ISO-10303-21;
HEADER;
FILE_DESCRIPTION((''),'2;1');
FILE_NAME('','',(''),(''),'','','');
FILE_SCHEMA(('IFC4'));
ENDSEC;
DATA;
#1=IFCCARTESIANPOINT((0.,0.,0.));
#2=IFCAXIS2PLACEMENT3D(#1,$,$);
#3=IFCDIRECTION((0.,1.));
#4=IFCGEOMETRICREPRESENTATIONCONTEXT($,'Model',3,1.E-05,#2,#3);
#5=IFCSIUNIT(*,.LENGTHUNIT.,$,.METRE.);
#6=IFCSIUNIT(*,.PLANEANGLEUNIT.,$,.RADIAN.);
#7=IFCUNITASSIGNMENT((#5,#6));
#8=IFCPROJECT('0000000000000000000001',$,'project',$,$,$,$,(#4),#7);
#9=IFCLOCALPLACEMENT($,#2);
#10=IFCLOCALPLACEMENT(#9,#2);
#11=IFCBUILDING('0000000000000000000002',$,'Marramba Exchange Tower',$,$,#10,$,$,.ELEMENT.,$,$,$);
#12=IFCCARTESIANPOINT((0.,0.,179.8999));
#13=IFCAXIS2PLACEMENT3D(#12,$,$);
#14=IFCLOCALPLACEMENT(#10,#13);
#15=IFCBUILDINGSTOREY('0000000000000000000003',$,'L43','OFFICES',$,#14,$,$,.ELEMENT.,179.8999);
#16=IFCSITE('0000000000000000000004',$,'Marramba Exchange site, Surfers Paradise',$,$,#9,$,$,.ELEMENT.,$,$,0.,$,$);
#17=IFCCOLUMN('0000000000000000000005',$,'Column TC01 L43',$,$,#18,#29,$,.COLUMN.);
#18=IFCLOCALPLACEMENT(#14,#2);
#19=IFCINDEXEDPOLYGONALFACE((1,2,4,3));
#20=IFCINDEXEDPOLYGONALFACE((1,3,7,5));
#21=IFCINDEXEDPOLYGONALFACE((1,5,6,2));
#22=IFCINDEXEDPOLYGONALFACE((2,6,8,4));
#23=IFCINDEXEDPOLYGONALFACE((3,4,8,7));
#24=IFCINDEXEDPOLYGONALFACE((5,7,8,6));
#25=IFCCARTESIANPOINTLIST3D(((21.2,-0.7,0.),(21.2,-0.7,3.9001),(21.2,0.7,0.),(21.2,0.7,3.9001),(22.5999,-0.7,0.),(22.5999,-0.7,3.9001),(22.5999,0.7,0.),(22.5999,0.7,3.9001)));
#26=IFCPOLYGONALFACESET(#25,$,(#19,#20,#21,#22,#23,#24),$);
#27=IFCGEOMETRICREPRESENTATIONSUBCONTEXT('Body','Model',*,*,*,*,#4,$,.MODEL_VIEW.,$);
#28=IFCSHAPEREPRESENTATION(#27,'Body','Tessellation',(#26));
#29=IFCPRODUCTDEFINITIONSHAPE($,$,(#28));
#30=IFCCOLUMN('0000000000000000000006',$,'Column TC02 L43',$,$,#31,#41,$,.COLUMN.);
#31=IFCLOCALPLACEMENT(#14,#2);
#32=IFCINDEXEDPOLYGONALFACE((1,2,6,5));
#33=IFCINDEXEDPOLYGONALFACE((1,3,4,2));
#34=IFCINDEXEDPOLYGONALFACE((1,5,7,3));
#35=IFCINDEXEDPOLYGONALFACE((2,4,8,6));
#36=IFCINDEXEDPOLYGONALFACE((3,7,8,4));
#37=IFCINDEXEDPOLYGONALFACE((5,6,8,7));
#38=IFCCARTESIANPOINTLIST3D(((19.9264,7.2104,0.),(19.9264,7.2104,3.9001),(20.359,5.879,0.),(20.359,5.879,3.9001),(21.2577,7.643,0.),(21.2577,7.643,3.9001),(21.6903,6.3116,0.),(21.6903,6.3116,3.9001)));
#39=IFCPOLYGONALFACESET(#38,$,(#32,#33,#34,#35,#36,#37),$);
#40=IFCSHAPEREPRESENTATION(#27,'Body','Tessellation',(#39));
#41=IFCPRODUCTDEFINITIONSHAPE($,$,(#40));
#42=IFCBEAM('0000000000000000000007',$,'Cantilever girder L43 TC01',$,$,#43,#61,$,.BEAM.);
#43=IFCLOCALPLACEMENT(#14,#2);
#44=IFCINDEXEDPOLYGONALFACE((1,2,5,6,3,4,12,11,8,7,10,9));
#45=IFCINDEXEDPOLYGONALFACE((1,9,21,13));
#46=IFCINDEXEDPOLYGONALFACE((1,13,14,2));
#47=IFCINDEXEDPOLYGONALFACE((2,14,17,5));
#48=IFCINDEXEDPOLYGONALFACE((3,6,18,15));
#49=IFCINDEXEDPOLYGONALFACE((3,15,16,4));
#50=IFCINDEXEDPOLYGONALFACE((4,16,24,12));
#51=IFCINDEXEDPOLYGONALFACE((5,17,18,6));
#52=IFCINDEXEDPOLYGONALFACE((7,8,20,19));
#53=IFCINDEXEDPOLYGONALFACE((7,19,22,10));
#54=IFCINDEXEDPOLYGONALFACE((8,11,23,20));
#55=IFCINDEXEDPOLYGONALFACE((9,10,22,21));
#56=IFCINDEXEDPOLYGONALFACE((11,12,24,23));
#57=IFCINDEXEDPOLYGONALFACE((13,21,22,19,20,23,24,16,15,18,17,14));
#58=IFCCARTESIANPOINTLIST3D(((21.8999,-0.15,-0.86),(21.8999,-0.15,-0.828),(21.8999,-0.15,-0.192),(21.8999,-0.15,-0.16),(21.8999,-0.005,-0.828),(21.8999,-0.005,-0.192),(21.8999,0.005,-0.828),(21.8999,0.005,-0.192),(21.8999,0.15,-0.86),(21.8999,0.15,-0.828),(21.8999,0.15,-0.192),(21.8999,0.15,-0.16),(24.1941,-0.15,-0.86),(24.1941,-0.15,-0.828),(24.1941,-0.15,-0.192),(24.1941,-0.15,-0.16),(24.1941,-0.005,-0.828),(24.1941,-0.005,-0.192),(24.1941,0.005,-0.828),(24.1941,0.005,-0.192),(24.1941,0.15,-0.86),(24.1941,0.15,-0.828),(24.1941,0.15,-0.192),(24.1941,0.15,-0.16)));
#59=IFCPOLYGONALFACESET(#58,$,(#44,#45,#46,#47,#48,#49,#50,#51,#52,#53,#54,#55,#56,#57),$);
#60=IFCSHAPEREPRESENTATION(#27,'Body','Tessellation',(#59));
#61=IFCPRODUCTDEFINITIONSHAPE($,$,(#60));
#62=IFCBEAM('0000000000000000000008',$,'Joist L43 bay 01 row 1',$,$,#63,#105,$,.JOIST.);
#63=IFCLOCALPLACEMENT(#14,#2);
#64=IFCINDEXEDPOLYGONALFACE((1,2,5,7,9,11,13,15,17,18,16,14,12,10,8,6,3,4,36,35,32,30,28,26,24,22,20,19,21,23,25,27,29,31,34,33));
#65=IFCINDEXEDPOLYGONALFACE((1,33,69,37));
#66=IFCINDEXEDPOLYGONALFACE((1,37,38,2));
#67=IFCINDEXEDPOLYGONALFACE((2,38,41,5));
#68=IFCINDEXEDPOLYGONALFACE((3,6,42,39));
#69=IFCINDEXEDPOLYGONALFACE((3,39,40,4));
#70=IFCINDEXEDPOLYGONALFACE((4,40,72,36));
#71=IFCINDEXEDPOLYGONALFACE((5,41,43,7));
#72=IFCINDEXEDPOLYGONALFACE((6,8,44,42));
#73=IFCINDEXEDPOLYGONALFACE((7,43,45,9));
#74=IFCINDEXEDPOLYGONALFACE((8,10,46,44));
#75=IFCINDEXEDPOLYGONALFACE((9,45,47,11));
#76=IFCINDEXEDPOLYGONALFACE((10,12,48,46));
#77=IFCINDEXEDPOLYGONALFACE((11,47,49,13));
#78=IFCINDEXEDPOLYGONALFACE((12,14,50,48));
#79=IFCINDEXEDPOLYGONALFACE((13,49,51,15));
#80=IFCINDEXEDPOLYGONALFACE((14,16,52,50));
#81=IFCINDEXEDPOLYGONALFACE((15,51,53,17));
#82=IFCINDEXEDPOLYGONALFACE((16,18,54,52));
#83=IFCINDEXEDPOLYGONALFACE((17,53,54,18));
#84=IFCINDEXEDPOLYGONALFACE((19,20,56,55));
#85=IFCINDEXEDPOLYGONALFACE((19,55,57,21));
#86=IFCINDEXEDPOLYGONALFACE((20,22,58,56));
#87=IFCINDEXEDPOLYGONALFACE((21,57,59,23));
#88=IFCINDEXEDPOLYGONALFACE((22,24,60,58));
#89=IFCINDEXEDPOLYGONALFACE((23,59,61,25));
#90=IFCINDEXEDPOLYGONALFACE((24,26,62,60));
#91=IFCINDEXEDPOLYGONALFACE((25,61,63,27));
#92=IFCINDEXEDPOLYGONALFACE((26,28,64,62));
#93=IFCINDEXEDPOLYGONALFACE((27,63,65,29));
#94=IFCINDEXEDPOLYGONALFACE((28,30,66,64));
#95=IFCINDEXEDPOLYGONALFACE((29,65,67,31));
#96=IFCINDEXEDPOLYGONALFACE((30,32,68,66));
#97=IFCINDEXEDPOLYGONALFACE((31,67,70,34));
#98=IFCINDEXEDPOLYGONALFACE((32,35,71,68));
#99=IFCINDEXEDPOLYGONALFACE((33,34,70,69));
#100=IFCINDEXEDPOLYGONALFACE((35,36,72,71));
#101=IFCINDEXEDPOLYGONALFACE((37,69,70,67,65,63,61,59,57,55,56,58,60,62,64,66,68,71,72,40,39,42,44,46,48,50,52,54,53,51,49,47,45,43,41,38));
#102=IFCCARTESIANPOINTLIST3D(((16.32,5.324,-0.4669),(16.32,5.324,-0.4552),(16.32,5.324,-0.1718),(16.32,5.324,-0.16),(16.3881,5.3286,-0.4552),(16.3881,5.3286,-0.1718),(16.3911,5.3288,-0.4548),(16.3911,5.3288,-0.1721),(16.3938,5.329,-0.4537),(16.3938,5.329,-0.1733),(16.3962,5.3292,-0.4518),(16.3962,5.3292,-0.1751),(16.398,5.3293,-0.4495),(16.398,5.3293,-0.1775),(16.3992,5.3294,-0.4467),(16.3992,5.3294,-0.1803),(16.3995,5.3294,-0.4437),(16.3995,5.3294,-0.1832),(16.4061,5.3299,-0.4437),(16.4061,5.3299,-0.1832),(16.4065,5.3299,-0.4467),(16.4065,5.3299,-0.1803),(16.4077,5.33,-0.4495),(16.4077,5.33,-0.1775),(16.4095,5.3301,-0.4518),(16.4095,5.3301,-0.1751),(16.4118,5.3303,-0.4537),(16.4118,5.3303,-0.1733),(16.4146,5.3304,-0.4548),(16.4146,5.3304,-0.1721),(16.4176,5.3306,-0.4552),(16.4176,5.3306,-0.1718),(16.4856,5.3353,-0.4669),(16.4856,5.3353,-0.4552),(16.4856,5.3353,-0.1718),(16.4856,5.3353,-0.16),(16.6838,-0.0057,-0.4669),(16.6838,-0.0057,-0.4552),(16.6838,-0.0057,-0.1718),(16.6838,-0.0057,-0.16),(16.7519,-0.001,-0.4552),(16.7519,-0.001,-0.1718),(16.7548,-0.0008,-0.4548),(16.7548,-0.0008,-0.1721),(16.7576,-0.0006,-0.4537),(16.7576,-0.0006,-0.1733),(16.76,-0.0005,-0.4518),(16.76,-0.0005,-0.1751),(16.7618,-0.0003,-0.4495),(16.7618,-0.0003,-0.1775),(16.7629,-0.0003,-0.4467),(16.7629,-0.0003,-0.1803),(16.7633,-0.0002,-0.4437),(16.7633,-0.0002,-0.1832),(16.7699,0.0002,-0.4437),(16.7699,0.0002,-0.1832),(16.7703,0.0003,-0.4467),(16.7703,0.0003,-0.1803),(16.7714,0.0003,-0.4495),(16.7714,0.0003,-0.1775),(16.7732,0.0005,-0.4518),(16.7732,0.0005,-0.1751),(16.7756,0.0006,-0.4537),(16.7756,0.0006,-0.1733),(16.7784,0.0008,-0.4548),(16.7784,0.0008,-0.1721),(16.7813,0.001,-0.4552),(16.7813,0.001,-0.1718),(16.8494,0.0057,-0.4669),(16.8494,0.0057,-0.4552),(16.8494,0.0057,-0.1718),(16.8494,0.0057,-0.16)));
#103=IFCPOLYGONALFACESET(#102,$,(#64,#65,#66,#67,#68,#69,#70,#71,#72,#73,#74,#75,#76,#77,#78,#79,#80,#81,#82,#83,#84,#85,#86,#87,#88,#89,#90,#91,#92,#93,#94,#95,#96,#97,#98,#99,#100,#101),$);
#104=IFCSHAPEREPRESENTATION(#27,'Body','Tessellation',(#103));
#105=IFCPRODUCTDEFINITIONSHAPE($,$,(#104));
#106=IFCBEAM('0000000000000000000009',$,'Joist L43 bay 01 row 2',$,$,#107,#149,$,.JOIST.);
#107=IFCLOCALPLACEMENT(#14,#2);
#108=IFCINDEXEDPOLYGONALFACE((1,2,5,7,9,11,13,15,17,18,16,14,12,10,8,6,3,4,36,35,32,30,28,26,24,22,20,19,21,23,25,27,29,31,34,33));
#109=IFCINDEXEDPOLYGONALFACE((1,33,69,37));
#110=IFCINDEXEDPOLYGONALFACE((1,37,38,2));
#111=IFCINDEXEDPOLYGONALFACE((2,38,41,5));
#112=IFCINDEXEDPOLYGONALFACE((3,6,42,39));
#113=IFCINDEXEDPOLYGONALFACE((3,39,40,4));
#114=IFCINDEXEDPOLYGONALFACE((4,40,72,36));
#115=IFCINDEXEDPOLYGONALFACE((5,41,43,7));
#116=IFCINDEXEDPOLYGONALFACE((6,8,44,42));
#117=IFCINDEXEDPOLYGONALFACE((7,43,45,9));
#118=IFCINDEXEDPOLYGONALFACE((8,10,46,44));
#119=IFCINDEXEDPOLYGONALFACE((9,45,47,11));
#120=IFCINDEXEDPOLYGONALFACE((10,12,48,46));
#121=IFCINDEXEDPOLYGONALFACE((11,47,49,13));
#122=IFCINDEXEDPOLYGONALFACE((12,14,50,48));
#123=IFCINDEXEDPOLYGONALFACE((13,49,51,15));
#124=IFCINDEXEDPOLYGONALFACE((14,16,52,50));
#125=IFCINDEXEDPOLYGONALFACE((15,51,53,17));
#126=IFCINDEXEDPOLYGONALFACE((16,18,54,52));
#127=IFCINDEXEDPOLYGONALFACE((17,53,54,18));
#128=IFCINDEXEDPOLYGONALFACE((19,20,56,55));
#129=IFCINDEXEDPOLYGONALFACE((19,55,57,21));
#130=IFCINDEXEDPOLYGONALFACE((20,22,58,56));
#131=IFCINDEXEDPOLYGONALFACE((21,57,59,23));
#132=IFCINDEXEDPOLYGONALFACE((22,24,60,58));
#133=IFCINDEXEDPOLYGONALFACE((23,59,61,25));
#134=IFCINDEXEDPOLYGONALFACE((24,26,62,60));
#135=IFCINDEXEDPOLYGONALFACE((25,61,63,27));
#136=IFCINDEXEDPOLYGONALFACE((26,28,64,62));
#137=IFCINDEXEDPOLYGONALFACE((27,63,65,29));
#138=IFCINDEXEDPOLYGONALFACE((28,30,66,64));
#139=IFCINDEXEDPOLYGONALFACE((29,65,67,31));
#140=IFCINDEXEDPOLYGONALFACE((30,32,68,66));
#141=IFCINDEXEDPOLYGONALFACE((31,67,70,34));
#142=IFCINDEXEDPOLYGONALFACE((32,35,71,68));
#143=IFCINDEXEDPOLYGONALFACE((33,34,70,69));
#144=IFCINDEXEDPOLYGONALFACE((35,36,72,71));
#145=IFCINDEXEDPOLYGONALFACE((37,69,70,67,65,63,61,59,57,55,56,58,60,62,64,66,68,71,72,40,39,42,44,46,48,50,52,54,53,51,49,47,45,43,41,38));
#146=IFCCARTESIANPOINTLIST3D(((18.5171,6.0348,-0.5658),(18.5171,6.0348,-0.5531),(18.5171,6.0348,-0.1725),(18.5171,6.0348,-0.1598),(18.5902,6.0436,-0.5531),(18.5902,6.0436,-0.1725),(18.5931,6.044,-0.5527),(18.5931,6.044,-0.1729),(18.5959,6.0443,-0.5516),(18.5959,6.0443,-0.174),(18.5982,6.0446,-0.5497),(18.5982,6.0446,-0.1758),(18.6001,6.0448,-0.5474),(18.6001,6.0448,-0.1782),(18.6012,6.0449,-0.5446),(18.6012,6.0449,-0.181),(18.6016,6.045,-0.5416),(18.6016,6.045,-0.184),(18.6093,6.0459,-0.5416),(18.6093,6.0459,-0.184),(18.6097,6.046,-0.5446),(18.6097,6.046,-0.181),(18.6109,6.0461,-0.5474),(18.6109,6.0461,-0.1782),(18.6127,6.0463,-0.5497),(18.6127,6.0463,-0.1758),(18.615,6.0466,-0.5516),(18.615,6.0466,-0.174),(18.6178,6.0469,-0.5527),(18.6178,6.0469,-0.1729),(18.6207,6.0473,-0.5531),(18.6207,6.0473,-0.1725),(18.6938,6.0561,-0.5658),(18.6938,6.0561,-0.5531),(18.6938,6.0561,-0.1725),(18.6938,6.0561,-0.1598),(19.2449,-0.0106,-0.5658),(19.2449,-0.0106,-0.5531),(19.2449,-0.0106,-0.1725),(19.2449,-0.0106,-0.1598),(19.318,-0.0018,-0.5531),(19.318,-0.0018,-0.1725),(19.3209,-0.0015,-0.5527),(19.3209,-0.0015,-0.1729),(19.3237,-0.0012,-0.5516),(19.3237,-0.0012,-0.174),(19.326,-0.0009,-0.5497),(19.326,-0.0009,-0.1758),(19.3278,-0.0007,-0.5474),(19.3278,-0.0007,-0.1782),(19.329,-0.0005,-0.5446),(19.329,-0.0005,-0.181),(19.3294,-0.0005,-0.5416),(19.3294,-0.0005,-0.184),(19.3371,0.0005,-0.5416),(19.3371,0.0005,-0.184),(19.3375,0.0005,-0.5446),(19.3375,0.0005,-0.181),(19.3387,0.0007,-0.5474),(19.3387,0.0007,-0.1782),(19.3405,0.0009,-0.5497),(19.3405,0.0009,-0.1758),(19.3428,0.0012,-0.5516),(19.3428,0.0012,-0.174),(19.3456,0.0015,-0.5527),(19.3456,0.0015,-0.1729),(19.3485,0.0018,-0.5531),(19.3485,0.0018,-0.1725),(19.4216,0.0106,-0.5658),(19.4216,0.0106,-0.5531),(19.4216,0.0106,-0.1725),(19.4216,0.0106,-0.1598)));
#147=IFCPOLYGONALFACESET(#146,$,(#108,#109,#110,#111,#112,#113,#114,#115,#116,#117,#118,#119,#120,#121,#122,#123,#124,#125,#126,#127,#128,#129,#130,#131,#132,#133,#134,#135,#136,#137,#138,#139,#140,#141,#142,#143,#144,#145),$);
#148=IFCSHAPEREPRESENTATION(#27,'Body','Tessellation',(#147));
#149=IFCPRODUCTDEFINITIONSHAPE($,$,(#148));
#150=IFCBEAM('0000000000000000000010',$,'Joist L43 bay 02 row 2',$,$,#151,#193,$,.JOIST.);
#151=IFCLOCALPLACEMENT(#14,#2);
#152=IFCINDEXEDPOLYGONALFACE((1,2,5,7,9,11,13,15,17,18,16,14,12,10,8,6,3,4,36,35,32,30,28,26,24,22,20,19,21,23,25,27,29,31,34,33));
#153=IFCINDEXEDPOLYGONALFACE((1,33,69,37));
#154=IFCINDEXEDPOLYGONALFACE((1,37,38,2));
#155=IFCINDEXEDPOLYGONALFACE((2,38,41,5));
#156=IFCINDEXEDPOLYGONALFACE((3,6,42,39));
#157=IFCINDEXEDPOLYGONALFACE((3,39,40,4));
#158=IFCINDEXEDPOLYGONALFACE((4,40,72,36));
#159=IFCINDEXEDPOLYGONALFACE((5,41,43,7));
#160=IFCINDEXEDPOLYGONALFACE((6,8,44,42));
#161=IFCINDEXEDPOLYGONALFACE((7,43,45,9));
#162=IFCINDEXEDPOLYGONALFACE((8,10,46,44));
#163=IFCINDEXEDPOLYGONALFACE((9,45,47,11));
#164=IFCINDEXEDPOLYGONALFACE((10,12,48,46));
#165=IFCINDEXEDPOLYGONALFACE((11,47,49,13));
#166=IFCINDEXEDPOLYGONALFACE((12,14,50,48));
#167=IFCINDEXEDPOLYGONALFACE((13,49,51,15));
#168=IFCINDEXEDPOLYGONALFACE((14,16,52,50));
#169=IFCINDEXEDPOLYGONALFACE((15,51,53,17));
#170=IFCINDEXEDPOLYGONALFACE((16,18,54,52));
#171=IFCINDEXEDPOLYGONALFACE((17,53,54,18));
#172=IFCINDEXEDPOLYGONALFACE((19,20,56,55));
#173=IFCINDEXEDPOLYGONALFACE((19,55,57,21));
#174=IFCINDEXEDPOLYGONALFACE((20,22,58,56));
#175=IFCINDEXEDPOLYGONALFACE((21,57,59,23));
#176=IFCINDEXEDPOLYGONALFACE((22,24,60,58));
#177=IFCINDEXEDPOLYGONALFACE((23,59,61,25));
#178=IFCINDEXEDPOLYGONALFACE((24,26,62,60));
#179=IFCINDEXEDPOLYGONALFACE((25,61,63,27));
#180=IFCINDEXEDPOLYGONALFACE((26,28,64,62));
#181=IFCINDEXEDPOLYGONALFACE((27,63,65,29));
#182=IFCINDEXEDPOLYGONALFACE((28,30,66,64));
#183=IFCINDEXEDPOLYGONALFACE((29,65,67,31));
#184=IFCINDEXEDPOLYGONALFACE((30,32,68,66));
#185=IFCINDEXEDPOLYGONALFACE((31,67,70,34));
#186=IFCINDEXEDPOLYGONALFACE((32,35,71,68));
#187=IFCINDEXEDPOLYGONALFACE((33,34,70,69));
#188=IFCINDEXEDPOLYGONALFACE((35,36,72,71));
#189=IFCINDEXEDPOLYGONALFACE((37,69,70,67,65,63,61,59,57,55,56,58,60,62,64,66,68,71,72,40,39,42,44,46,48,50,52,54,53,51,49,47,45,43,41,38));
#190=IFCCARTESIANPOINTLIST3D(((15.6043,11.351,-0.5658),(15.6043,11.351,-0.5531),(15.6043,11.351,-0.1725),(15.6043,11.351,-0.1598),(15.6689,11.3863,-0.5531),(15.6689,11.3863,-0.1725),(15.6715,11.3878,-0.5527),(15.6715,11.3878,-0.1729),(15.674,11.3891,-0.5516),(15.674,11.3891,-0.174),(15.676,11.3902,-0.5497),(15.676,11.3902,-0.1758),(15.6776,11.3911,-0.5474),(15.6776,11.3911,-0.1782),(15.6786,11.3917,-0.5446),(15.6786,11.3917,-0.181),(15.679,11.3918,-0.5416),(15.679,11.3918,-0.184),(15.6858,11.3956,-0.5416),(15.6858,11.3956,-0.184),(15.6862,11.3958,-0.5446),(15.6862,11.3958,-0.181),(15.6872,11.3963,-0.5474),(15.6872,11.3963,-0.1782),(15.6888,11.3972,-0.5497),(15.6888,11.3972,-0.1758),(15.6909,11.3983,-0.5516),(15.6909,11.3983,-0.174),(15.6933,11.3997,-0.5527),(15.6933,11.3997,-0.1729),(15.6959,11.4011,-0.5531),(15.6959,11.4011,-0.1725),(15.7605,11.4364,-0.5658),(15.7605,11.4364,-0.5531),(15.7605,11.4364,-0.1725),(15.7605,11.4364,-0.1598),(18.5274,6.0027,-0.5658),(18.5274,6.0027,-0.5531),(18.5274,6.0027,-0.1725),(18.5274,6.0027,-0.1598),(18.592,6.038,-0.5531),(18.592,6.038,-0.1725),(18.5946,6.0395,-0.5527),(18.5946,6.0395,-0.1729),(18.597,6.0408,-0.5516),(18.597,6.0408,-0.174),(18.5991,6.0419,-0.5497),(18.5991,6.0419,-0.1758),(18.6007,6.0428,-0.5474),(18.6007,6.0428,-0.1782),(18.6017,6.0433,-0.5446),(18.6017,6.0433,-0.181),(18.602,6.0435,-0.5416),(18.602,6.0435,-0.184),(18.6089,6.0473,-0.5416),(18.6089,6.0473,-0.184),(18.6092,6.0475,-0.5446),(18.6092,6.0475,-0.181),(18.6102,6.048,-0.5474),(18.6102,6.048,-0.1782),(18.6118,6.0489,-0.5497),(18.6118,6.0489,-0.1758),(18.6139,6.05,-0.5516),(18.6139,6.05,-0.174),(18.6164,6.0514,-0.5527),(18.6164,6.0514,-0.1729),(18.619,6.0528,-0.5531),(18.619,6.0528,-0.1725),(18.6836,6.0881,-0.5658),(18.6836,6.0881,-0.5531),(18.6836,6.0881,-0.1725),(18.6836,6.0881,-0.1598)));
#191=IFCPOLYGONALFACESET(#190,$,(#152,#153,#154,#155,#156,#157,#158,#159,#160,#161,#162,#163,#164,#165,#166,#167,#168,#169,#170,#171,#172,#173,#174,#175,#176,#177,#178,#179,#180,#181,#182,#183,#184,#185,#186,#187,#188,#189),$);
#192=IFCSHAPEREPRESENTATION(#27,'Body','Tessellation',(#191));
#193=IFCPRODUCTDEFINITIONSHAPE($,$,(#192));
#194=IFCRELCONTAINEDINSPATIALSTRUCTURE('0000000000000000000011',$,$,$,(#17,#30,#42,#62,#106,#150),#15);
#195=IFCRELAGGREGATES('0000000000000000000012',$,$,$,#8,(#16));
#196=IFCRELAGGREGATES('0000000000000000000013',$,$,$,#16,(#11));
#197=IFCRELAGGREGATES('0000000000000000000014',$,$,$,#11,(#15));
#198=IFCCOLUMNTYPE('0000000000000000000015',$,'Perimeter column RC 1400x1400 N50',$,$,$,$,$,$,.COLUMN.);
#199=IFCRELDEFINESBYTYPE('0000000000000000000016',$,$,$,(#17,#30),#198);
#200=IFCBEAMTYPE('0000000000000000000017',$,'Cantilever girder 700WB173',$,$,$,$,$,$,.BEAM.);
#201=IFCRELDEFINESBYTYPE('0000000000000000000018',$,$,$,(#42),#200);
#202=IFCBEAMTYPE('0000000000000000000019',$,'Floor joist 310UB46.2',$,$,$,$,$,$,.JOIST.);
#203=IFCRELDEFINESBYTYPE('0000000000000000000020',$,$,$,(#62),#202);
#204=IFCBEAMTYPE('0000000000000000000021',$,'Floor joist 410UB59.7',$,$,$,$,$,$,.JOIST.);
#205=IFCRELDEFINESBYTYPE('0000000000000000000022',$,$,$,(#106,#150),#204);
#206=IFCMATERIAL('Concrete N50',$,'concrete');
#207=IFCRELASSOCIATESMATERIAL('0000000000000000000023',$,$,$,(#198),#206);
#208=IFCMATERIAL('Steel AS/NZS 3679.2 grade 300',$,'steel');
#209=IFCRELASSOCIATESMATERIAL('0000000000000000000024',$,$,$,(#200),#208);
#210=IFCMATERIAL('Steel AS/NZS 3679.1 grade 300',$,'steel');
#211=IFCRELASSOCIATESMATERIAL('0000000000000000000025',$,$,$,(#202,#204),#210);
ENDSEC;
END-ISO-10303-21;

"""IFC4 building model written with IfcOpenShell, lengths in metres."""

from ifc_helpers import new_model, si_unit, direction, frame, origin, origin_2d, place, context, subcontext, project, spatial, rectangle, i_section, extrude, material, material_profile, profile_set, type_object, element, save


model = new_model("IFC4")

# Units and contexts
model_context = context("Model", 3, precision=1e-05, world=origin(), true_north=direction((0.0, 1.0)))
body_context = subcontext(model_context, "Body", "Model", "MODEL_VIEW")
ifc_project = project(units=[si_unit("LENGTHUNIT", "METRE"), si_unit("PLANEANGLEUNIT", "RADIAN")], contexts=[model_context])

# Site, building, storey
site_placement = place(None, origin())
site = spatial("IfcSite", under=ifc_project, at=site_placement, Name="Marramba Exchange site, Surfers Paradise", CompositionType="ELEMENT", RefElevation=0.0)
building_placement = place(site_placement, origin())
building = spatial("IfcBuilding", under=site, at=building_placement, Name="Marramba Exchange Tower", CompositionType="ELEMENT")
storey_placement = place(building_placement, frame((0.0, 0.0, 179.8999)))
storey = spatial("IfcBuildingStorey", under=building, at=storey_placement, Name="L43", Description="OFFICES", CompositionType="ELEMENT", Elevation=179.8999)

# Columns
ifc_material_1 = material(Name="Concrete N50", Category="concrete")
ifc_material_profile_1 = material_profile(ifc_material_1, rectangle(XDim=1.3999, YDim=1.3999, at=origin_2d()), Name="RC 1400x1400")
ifc_profile_set_1 = profile_set([ifc_material_profile_1], Name="Concrete N50")
column_type = type_object("IfcColumnType", Name="Perimeter column RC 1400x1400 N50", PredefinedType="COLUMN", material=ifc_profile_set_1)
for number, where, z_axis, x_axis, name in (
    (1, (21.8999, 0.0, 0.0), (0.0, 0.0, 1.0), (1.0, 0.0, 0.0), "Column TC01 L43"),
    (2, (20.8083, 6.761, 0.0), (0.0, 0.0, 1.0), (0.951057, 0.309017, 0.0), "Column TC02 L43"),
):
    element("IfcColumn", number, at=place(storey_placement, frame(where, z_axis=z_axis, x_axis=x_axis)), inside=storey, type_object=column_type, Name=name, PredefinedType="COLUMN", context=body_context, shape_type="SweptSolid", body=[
        extrude(rectangle(XDim=1.3999, YDim=1.3999, at=origin_2d()), origin(), (0.0, 0.0, 1.0), 3.9001),
    ])

# Beams
ifc_material_2 = material(Name="Steel AS/NZS 3679.2 grade 300", Category="steel")
ifc_material_profile_2 = material_profile(ifc_material_2, i_section(OverallWidth=0.3, OverallDepth=0.7, WebThickness=0.01, FlangeThickness=0.032, at=origin_2d()), Name="700WB173")
ifc_profile_set_2 = profile_set([ifc_material_profile_2], Name="Steel AS/NZS 3679.2 grade 300")
beam_type_1 = type_object("IfcBeamType", Name="Cantilever girder 700WB173", PredefinedType="BEAM", material=ifc_profile_set_2)
beam_1_placement = place(storey_placement, frame((21.8999, 0.0, -0.51), z_axis=(1.0, 0.0, 0.0), x_axis=(0.0, 1.0, 0.0)))
element("IfcBeam", 3, at=beam_1_placement, inside=storey, type_object=beam_type_1, Name="Cantilever girder L43 TC01", PredefinedType="BEAM", context=body_context, shape_type="SweptSolid", body=[
    extrude(i_section(OverallWidth=0.3, OverallDepth=0.7, WebThickness=0.01, FlangeThickness=0.032, at=origin_2d()), origin(), (0.0, 0.0, 1.0), 2.2942),
])
ifc_material_3 = material(Name="Steel AS/NZS 3679.1 grade 300", Category="steel")
ifc_material_profile_3 = material_profile(ifc_material_3, i_section(OverallWidth=0.166, OverallDepth=0.3069, WebThickness=0.0066, FlangeThickness=0.0117, FilletRadius=0.0115, at=origin_2d()), Name="310UB46.2")
ifc_profile_set_3 = profile_set([ifc_material_profile_3], Name="Steel AS/NZS 3679.1 grade 300")
beam_type_2 = type_object("IfcBeamType", Name="Floor joist 310UB46.2", PredefinedType="JOIST", material=ifc_profile_set_3)
beam_2_placement = place(storey_placement, frame((16.7666, 0.0, -0.3135), z_axis=(-0.068096, 0.997679, 0.0), x_axis=(-0.997679, -0.068096, 0.0)))
element("IfcBeam", 4, at=beam_2_placement, inside=storey, type_object=beam_type_2, Name="Joist L43 bay 01 row 1", PredefinedType="JOIST", context=body_context, shape_type="SweptSolid", body=[
    extrude(i_section(OverallWidth=0.166, OverallDepth=0.3069, WebThickness=0.0066, FlangeThickness=0.0117, FilletRadius=0.0115, at=origin_2d()), origin(), (0.0, 0.0, 1.0), 5.342),
])
ifc_material_profile_4 = material_profile(ifc_material_3, i_section(OverallWidth=0.178, OverallDepth=0.406, WebThickness=0.0078, FlangeThickness=0.0127, FilletRadius=0.0115, at=origin_2d()), Name="410UB59.7")
ifc_profile_set_4 = profile_set([ifc_material_profile_4], Name="Steel AS/NZS 3679.1 grade 300")
beam_type_3 = type_object("IfcBeamType", Name="Floor joist 410UB59.7", PredefinedType="JOIST", material=ifc_profile_set_4)
beam_3_placement = place(storey_placement, frame((19.3333, 0.0, -0.3628), z_axis=(-0.119523, 0.992831, 0.0), x_axis=(-0.992831, -0.119523, 0.0)))
element("IfcBeam", 5, at=beam_3_placement, inside=storey, type_object=beam_type_3, Name="Joist L43 bay 01 row 2", PredefinedType="JOIST", context=body_context, shape_type="SweptSolid", body=[
    extrude(i_section(OverallWidth=0.178, OverallDepth=0.406, WebThickness=0.0078, FlangeThickness=0.0127, FilletRadius=0.0115, at=origin_2d()), origin(), (0.0, 0.0, 1.0), 6.0891),
])
beam_4_placement = place(storey_placement, frame((18.6055, 6.0454, -0.3628), z_axis=(-0.479584, 0.877496, 0.0), x_axis=(-0.877496, -0.479584, 0.0)))
element("IfcBeam", 6, at=beam_4_placement, inside=storey, type_object=beam_type_3, Name="Joist L43 bay 02 row 2", PredefinedType="JOIST", context=body_context, shape_type="SweptSolid", body=[
    extrude(i_section(OverallWidth=0.178, OverallDepth=0.406, WebThickness=0.0078, FlangeThickness=0.0127, FilletRadius=0.0115, at=origin_2d()), origin(), (0.0, 0.0, 1.0), 6.095),
])

save(model, "model.ifc")
